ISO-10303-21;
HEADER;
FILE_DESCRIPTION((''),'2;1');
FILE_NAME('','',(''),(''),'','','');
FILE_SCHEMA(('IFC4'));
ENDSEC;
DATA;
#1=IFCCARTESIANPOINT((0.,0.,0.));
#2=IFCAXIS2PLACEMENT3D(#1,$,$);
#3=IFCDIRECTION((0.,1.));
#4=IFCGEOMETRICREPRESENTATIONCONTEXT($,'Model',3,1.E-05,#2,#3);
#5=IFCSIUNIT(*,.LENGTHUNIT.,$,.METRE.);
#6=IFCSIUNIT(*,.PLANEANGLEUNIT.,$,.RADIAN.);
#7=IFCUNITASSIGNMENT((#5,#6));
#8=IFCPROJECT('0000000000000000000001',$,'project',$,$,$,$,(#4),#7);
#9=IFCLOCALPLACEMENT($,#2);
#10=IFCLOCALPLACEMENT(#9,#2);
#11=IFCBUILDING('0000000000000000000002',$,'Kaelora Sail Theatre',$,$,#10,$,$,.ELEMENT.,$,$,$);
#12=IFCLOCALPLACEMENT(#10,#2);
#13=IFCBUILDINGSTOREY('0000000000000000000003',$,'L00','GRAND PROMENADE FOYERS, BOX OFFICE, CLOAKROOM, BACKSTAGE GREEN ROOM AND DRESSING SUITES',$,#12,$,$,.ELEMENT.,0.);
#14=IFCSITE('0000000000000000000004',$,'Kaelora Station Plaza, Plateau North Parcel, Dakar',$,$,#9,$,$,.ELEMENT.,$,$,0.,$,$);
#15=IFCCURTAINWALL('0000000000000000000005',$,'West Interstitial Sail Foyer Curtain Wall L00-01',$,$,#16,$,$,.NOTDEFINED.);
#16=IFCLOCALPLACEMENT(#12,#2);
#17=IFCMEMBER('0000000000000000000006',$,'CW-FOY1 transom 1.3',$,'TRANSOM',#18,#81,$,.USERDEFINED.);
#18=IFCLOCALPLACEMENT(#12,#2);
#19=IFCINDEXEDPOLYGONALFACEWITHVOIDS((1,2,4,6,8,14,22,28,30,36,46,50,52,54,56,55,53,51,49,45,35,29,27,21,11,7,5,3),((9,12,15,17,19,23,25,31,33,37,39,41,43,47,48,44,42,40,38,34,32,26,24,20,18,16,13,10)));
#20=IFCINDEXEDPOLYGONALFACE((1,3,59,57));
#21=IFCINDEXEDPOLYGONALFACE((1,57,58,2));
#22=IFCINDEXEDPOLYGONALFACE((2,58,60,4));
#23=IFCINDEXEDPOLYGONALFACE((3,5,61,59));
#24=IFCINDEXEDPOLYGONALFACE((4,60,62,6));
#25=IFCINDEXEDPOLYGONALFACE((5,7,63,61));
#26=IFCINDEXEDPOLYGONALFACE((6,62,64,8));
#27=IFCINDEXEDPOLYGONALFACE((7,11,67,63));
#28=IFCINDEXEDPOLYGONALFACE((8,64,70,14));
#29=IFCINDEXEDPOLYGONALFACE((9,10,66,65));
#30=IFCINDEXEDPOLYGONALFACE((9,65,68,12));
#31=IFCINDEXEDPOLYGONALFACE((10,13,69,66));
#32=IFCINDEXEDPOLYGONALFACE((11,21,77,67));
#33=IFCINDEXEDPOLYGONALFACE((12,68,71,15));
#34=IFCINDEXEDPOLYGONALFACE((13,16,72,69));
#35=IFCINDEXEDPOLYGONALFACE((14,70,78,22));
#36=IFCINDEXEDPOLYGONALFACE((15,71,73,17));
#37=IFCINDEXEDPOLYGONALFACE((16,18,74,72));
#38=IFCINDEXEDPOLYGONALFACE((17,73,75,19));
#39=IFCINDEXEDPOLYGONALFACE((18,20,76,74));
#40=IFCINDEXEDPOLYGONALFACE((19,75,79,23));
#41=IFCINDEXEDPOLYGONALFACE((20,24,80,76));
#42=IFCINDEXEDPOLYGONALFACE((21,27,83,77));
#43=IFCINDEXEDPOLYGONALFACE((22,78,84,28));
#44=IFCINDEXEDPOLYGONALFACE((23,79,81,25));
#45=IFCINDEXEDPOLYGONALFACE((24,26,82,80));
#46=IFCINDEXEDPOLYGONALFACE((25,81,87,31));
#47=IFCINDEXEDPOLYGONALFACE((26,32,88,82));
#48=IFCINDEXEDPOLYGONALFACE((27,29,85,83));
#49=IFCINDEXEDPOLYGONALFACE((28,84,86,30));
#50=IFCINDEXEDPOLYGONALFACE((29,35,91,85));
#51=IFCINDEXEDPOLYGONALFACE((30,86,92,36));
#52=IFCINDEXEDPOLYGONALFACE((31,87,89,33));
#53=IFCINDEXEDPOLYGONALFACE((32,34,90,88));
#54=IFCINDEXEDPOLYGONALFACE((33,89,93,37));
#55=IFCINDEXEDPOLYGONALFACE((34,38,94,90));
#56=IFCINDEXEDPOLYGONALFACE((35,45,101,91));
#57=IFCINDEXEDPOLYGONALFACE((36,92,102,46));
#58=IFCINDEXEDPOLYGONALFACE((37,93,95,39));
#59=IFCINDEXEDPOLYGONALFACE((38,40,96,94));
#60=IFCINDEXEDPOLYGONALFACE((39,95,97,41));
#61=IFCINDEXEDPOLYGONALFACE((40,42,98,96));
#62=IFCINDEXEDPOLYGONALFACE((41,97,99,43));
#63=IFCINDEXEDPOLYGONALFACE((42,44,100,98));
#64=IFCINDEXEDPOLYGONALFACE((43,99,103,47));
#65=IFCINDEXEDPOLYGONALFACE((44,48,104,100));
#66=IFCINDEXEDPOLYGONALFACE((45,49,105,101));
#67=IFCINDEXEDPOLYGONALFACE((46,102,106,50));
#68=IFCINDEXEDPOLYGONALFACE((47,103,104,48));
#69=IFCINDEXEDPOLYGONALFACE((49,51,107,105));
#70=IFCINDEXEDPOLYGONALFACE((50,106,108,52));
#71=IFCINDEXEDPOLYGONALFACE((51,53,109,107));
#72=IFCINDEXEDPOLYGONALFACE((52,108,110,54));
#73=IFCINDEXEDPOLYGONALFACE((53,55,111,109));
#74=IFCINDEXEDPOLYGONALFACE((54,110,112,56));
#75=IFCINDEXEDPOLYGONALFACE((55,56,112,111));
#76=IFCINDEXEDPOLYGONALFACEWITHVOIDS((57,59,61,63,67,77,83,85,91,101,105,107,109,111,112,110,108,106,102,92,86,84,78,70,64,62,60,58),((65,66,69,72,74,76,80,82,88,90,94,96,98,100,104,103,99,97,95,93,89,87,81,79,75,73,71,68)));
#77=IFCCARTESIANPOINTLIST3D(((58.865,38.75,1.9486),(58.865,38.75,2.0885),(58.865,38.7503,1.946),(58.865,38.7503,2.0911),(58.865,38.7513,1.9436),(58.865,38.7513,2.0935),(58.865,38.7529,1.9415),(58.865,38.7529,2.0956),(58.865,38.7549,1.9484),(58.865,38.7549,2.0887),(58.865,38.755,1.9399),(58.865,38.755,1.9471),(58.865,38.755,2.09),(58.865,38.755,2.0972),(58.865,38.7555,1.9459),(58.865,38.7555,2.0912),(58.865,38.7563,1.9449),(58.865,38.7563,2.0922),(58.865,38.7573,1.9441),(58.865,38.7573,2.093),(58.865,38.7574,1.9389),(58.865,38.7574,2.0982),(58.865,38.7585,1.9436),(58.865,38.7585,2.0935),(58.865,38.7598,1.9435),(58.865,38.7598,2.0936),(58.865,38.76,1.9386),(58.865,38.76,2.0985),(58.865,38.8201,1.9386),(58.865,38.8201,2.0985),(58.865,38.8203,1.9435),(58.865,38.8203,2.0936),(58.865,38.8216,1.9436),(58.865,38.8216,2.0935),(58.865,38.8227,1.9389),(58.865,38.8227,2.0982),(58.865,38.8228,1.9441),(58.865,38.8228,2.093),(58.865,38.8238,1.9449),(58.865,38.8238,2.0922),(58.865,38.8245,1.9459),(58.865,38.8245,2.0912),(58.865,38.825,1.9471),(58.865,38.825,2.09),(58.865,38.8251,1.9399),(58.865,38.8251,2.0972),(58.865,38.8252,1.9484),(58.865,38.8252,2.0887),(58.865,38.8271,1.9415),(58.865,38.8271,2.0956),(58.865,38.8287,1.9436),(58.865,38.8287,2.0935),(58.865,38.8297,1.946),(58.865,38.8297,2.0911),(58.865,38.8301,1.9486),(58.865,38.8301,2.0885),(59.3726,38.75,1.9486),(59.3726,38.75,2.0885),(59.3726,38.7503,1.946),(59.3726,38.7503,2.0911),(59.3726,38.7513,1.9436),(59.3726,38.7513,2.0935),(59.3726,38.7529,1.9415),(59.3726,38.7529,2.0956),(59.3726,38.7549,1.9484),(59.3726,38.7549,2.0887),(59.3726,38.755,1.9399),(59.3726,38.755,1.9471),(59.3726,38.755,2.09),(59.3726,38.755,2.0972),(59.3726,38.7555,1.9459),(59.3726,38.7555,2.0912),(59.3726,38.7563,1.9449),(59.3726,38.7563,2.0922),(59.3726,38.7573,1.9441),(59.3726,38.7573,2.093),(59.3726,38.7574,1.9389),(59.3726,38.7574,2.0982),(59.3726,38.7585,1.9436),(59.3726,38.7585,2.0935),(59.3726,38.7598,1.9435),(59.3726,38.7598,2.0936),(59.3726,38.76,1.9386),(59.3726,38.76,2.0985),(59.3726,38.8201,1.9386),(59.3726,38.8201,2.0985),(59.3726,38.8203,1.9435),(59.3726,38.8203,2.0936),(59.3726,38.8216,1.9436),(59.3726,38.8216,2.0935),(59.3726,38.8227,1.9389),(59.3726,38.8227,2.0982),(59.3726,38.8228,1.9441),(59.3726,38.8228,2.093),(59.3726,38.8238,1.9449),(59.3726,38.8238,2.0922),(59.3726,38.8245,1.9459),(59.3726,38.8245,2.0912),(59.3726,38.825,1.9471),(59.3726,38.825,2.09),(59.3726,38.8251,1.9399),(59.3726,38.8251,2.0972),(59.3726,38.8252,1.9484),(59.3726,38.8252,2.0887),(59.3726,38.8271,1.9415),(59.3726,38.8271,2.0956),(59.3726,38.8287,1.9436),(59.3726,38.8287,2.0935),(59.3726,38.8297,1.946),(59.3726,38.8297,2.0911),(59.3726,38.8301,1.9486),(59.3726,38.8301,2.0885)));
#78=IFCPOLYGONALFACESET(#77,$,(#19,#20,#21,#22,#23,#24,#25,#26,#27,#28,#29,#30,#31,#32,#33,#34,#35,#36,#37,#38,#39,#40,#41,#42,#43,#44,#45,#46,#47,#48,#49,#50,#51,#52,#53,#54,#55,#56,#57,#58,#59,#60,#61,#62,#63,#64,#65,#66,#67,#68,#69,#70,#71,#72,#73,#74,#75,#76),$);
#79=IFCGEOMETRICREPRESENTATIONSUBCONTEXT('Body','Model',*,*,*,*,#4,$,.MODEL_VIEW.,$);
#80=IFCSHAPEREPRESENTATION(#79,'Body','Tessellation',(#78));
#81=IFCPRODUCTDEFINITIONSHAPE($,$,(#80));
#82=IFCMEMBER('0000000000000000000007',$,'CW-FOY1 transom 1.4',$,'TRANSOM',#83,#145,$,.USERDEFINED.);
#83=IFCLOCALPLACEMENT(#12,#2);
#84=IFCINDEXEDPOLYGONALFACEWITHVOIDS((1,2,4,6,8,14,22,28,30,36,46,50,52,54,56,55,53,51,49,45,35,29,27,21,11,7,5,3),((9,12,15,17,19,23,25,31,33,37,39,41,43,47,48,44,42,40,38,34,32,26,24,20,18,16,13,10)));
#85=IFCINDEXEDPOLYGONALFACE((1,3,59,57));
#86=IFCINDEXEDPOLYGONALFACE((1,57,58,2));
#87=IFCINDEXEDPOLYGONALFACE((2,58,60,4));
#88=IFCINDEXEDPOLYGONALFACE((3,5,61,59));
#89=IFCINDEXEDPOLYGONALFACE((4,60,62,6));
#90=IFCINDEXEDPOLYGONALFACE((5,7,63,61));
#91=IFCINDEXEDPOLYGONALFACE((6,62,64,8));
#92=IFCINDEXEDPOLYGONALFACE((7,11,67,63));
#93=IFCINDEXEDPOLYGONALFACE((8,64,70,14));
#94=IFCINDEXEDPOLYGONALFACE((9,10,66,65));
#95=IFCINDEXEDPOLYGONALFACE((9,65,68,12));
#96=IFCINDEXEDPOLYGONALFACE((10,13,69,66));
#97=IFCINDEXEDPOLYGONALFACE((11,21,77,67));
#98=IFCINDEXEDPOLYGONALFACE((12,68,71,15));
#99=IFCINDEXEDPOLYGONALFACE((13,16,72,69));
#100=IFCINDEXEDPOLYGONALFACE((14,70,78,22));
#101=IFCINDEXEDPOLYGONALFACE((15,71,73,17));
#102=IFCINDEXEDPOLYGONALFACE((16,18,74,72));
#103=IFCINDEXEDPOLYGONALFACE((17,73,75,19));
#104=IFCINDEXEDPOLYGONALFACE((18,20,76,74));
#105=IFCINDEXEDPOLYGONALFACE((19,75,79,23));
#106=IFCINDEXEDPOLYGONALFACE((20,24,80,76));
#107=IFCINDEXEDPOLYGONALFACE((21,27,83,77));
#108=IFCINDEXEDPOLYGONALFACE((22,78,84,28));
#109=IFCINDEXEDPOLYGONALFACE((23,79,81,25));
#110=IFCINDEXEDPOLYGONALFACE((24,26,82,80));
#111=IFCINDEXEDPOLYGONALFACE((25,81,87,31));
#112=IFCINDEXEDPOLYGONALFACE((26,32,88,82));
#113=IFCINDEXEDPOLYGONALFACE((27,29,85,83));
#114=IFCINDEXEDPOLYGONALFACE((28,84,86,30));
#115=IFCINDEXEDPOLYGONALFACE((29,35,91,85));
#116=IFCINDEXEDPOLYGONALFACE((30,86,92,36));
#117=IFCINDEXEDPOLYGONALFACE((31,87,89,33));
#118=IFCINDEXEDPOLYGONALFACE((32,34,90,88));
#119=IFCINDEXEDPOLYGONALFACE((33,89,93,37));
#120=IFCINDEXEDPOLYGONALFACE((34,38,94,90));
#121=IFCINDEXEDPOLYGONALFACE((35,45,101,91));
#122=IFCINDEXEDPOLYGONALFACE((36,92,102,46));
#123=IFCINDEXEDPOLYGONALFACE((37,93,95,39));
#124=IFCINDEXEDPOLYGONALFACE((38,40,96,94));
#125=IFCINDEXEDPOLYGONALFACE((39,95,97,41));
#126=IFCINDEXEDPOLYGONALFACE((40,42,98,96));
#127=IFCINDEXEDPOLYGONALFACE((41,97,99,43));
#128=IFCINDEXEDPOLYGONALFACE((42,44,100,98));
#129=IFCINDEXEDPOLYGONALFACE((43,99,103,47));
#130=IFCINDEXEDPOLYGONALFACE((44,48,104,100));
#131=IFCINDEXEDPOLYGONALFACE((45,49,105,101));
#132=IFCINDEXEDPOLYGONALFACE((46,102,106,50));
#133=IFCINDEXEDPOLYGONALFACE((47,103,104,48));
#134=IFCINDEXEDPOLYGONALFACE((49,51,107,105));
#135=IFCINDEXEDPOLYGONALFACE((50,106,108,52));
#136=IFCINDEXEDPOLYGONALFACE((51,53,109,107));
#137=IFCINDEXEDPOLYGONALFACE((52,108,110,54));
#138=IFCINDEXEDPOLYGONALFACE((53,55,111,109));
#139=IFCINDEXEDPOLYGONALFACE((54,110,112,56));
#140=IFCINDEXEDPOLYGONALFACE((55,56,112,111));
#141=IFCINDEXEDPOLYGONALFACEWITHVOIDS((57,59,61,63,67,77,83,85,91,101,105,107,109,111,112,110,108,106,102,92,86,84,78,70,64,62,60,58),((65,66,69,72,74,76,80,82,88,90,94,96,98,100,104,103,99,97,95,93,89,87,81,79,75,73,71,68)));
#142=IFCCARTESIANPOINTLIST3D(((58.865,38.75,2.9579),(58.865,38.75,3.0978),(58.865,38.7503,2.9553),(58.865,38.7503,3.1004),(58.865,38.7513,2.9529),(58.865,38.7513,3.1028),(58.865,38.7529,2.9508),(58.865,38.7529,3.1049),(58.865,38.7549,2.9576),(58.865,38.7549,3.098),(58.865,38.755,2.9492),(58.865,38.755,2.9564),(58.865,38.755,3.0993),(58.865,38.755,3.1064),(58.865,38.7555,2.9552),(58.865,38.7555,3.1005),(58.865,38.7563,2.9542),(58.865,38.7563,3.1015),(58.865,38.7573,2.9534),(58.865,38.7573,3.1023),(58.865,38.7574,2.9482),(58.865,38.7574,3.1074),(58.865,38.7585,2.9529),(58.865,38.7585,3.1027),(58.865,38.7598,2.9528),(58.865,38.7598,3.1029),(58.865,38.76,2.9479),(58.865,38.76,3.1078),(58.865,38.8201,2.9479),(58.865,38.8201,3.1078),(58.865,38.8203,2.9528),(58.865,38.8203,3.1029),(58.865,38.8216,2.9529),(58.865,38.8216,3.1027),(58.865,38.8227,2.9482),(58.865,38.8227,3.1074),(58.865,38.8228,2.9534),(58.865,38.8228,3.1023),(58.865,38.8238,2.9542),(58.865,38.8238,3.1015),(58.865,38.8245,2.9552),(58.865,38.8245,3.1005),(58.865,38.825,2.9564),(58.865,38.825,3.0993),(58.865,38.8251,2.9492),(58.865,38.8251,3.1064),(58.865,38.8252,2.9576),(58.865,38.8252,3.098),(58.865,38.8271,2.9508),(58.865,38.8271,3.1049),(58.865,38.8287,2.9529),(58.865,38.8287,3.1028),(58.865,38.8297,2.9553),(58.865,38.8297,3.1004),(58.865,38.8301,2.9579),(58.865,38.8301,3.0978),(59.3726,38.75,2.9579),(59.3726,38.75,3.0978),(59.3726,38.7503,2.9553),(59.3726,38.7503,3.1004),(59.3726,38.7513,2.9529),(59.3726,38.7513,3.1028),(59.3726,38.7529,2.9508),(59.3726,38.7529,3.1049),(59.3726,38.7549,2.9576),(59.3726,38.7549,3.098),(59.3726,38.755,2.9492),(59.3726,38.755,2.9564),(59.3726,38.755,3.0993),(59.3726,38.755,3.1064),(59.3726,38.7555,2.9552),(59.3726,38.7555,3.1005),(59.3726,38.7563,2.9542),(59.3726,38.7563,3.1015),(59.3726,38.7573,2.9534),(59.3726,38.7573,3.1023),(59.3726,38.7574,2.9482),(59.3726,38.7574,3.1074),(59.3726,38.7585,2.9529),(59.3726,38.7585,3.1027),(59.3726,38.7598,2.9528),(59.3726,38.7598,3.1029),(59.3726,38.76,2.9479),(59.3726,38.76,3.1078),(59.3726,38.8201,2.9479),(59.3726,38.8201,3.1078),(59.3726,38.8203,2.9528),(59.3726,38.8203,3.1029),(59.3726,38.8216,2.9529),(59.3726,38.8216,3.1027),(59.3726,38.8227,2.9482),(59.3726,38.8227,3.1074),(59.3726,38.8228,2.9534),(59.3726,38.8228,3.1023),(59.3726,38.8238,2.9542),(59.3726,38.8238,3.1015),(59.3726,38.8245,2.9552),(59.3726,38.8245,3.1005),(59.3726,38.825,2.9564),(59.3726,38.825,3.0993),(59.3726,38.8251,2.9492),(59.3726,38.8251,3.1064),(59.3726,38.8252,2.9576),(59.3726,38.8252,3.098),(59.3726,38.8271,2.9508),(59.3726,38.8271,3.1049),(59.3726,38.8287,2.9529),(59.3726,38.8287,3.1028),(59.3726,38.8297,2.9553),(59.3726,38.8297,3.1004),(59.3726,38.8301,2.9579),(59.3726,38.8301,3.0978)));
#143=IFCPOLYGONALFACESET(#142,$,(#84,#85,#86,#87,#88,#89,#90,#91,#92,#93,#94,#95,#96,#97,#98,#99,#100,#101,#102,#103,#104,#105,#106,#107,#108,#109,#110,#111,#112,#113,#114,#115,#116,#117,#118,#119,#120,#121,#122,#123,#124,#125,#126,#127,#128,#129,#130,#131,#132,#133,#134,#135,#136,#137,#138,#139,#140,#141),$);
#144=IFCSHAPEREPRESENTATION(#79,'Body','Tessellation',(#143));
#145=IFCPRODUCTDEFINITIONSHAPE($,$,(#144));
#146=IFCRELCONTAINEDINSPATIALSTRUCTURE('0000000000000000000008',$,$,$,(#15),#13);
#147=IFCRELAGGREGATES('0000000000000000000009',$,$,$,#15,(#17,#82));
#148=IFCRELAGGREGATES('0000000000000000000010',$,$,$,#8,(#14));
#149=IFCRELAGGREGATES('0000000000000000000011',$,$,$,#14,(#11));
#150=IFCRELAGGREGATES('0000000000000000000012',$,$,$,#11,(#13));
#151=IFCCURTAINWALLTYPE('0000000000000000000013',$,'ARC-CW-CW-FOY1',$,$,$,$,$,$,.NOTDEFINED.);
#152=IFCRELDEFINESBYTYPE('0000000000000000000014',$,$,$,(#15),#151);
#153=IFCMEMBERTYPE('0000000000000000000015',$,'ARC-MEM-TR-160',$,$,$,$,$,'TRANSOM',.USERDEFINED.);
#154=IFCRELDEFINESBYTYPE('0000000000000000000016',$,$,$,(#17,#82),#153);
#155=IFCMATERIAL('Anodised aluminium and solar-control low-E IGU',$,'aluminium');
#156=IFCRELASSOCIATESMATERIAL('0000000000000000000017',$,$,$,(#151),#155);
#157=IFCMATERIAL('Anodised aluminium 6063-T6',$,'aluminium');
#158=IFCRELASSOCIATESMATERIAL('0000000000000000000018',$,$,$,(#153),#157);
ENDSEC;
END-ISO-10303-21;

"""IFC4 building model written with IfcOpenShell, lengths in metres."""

from ifc_helpers import new_model, si_unit, direction, frame, origin, origin_2d, place, context, subcontext, project, spatial, hollow_rectangle, extrude, material, material_profile, profile_set, type_object, element, aggregate, save


model = new_model("IFC4")

# Units and contexts
model_context = context("Model", 3, precision=1e-05, world=origin(), true_north=direction((0.0, 1.0)))
body_context = subcontext(model_context, "Body", "Model", "MODEL_VIEW")
ifc_project = project(units=[si_unit("LENGTHUNIT", "METRE"), si_unit("PLANEANGLEUNIT", "RADIAN")], contexts=[model_context])

# Site, building, storey
site_placement = place(None, origin())
site = spatial("IfcSite", under=ifc_project, at=site_placement, Name="Kaelora Station Plaza, Plateau North Parcel, Dakar", CompositionType="ELEMENT", RefElevation=0.0)
building_placement = place(site_placement, origin())
building = spatial("IfcBuilding", under=site, at=building_placement, Name="Kaelora Sail Theatre", CompositionType="ELEMENT")
storey_placement = place(building_placement, origin())
storey = spatial("IfcBuildingStorey", under=building, at=storey_placement, Name="L00", Description="GRAND PROMENADE FOYERS, BOX OFFICE, CLOAKROOM, BACKSTAGE GREEN ROOM AND DRESSING SUITES", CompositionType="ELEMENT", Elevation=0.0)

# Curtain wall, members
ifc_material_1 = material(Name="Anodised aluminium and solar-control low-E IGU", Category="aluminium")
curtain_wall_type = type_object("IfcCurtainWallType", Name="ARC-CW-CW-FOY1", PredefinedType="NOTDEFINED", material=ifc_material_1)
curtain_wall_placement = place(storey_placement, origin())
curtain_wall = element("IfcCurtainWall", 1, at=curtain_wall_placement, inside=storey, type_object=curtain_wall_type, Name="West Interstitial Sail Foyer Curtain Wall L00-01", PredefinedType="NOTDEFINED")
ifc_material_2 = material(Name="Anodised aluminium 6063-T6", Category="aluminium")
ifc_material_profile_1 = material_profile(ifc_material_2, hollow_rectangle(XDim=0.0801, YDim=0.1599, WallThickness=0.0049, InnerFilletRadius=0.0049, OuterFilletRadius=0.01, at=origin_2d()), Name="ALU-TRAN 80x160x5")
ifc_profile_set_1 = profile_set([ifc_material_profile_1], Name="Anodised aluminium 6063-T6")
member_type_1 = type_object("IfcMemberType", Name="ARC-MEM-TR-160", ElementType="TRANSOM", PredefinedType="USERDEFINED", material=ifc_profile_set_1)
member_1_placement = place(storey_placement, frame((58.865, 38.79, 2.0186), z_axis=(1.0, 0.0, 0.0), x_axis=(0.0, 1.0, 0.0)))
member_1 = element("IfcMember", 2, at=member_1_placement, type_object=member_type_1, Name="CW-FOY1 transom 1.3", ObjectType="TRANSOM", PredefinedType="USERDEFINED", context=body_context, shape_type="SweptSolid", body=[
    extrude(hollow_rectangle(XDim=0.0801, YDim=0.1599, WallThickness=0.0049, InnerFilletRadius=0.0049, OuterFilletRadius=0.01, at=origin_2d()), origin(), (0.0, 0.0, 1.0), 0.5076),
])
member_2_placement = place(storey_placement, frame((58.865, 38.79, 3.0278), z_axis=(1.0, 0.0, 0.0), x_axis=(0.0, 1.0, 0.0)))
member_2 = element("IfcMember", 3, at=member_2_placement, type_object=member_type_1, Name="CW-FOY1 transom 1.4", ObjectType="TRANSOM", PredefinedType="USERDEFINED", context=body_context, shape_type="SweptSolid", body=[
    extrude(hollow_rectangle(XDim=0.0801, YDim=0.1599, WallThickness=0.0049, InnerFilletRadius=0.0049, OuterFilletRadius=0.01, at=origin_2d()), origin(), (0.0, 0.0, 1.0), 0.5076),
])

aggregate(curtain_wall, [member_1, member_2])

save(model, "model.ifc")
